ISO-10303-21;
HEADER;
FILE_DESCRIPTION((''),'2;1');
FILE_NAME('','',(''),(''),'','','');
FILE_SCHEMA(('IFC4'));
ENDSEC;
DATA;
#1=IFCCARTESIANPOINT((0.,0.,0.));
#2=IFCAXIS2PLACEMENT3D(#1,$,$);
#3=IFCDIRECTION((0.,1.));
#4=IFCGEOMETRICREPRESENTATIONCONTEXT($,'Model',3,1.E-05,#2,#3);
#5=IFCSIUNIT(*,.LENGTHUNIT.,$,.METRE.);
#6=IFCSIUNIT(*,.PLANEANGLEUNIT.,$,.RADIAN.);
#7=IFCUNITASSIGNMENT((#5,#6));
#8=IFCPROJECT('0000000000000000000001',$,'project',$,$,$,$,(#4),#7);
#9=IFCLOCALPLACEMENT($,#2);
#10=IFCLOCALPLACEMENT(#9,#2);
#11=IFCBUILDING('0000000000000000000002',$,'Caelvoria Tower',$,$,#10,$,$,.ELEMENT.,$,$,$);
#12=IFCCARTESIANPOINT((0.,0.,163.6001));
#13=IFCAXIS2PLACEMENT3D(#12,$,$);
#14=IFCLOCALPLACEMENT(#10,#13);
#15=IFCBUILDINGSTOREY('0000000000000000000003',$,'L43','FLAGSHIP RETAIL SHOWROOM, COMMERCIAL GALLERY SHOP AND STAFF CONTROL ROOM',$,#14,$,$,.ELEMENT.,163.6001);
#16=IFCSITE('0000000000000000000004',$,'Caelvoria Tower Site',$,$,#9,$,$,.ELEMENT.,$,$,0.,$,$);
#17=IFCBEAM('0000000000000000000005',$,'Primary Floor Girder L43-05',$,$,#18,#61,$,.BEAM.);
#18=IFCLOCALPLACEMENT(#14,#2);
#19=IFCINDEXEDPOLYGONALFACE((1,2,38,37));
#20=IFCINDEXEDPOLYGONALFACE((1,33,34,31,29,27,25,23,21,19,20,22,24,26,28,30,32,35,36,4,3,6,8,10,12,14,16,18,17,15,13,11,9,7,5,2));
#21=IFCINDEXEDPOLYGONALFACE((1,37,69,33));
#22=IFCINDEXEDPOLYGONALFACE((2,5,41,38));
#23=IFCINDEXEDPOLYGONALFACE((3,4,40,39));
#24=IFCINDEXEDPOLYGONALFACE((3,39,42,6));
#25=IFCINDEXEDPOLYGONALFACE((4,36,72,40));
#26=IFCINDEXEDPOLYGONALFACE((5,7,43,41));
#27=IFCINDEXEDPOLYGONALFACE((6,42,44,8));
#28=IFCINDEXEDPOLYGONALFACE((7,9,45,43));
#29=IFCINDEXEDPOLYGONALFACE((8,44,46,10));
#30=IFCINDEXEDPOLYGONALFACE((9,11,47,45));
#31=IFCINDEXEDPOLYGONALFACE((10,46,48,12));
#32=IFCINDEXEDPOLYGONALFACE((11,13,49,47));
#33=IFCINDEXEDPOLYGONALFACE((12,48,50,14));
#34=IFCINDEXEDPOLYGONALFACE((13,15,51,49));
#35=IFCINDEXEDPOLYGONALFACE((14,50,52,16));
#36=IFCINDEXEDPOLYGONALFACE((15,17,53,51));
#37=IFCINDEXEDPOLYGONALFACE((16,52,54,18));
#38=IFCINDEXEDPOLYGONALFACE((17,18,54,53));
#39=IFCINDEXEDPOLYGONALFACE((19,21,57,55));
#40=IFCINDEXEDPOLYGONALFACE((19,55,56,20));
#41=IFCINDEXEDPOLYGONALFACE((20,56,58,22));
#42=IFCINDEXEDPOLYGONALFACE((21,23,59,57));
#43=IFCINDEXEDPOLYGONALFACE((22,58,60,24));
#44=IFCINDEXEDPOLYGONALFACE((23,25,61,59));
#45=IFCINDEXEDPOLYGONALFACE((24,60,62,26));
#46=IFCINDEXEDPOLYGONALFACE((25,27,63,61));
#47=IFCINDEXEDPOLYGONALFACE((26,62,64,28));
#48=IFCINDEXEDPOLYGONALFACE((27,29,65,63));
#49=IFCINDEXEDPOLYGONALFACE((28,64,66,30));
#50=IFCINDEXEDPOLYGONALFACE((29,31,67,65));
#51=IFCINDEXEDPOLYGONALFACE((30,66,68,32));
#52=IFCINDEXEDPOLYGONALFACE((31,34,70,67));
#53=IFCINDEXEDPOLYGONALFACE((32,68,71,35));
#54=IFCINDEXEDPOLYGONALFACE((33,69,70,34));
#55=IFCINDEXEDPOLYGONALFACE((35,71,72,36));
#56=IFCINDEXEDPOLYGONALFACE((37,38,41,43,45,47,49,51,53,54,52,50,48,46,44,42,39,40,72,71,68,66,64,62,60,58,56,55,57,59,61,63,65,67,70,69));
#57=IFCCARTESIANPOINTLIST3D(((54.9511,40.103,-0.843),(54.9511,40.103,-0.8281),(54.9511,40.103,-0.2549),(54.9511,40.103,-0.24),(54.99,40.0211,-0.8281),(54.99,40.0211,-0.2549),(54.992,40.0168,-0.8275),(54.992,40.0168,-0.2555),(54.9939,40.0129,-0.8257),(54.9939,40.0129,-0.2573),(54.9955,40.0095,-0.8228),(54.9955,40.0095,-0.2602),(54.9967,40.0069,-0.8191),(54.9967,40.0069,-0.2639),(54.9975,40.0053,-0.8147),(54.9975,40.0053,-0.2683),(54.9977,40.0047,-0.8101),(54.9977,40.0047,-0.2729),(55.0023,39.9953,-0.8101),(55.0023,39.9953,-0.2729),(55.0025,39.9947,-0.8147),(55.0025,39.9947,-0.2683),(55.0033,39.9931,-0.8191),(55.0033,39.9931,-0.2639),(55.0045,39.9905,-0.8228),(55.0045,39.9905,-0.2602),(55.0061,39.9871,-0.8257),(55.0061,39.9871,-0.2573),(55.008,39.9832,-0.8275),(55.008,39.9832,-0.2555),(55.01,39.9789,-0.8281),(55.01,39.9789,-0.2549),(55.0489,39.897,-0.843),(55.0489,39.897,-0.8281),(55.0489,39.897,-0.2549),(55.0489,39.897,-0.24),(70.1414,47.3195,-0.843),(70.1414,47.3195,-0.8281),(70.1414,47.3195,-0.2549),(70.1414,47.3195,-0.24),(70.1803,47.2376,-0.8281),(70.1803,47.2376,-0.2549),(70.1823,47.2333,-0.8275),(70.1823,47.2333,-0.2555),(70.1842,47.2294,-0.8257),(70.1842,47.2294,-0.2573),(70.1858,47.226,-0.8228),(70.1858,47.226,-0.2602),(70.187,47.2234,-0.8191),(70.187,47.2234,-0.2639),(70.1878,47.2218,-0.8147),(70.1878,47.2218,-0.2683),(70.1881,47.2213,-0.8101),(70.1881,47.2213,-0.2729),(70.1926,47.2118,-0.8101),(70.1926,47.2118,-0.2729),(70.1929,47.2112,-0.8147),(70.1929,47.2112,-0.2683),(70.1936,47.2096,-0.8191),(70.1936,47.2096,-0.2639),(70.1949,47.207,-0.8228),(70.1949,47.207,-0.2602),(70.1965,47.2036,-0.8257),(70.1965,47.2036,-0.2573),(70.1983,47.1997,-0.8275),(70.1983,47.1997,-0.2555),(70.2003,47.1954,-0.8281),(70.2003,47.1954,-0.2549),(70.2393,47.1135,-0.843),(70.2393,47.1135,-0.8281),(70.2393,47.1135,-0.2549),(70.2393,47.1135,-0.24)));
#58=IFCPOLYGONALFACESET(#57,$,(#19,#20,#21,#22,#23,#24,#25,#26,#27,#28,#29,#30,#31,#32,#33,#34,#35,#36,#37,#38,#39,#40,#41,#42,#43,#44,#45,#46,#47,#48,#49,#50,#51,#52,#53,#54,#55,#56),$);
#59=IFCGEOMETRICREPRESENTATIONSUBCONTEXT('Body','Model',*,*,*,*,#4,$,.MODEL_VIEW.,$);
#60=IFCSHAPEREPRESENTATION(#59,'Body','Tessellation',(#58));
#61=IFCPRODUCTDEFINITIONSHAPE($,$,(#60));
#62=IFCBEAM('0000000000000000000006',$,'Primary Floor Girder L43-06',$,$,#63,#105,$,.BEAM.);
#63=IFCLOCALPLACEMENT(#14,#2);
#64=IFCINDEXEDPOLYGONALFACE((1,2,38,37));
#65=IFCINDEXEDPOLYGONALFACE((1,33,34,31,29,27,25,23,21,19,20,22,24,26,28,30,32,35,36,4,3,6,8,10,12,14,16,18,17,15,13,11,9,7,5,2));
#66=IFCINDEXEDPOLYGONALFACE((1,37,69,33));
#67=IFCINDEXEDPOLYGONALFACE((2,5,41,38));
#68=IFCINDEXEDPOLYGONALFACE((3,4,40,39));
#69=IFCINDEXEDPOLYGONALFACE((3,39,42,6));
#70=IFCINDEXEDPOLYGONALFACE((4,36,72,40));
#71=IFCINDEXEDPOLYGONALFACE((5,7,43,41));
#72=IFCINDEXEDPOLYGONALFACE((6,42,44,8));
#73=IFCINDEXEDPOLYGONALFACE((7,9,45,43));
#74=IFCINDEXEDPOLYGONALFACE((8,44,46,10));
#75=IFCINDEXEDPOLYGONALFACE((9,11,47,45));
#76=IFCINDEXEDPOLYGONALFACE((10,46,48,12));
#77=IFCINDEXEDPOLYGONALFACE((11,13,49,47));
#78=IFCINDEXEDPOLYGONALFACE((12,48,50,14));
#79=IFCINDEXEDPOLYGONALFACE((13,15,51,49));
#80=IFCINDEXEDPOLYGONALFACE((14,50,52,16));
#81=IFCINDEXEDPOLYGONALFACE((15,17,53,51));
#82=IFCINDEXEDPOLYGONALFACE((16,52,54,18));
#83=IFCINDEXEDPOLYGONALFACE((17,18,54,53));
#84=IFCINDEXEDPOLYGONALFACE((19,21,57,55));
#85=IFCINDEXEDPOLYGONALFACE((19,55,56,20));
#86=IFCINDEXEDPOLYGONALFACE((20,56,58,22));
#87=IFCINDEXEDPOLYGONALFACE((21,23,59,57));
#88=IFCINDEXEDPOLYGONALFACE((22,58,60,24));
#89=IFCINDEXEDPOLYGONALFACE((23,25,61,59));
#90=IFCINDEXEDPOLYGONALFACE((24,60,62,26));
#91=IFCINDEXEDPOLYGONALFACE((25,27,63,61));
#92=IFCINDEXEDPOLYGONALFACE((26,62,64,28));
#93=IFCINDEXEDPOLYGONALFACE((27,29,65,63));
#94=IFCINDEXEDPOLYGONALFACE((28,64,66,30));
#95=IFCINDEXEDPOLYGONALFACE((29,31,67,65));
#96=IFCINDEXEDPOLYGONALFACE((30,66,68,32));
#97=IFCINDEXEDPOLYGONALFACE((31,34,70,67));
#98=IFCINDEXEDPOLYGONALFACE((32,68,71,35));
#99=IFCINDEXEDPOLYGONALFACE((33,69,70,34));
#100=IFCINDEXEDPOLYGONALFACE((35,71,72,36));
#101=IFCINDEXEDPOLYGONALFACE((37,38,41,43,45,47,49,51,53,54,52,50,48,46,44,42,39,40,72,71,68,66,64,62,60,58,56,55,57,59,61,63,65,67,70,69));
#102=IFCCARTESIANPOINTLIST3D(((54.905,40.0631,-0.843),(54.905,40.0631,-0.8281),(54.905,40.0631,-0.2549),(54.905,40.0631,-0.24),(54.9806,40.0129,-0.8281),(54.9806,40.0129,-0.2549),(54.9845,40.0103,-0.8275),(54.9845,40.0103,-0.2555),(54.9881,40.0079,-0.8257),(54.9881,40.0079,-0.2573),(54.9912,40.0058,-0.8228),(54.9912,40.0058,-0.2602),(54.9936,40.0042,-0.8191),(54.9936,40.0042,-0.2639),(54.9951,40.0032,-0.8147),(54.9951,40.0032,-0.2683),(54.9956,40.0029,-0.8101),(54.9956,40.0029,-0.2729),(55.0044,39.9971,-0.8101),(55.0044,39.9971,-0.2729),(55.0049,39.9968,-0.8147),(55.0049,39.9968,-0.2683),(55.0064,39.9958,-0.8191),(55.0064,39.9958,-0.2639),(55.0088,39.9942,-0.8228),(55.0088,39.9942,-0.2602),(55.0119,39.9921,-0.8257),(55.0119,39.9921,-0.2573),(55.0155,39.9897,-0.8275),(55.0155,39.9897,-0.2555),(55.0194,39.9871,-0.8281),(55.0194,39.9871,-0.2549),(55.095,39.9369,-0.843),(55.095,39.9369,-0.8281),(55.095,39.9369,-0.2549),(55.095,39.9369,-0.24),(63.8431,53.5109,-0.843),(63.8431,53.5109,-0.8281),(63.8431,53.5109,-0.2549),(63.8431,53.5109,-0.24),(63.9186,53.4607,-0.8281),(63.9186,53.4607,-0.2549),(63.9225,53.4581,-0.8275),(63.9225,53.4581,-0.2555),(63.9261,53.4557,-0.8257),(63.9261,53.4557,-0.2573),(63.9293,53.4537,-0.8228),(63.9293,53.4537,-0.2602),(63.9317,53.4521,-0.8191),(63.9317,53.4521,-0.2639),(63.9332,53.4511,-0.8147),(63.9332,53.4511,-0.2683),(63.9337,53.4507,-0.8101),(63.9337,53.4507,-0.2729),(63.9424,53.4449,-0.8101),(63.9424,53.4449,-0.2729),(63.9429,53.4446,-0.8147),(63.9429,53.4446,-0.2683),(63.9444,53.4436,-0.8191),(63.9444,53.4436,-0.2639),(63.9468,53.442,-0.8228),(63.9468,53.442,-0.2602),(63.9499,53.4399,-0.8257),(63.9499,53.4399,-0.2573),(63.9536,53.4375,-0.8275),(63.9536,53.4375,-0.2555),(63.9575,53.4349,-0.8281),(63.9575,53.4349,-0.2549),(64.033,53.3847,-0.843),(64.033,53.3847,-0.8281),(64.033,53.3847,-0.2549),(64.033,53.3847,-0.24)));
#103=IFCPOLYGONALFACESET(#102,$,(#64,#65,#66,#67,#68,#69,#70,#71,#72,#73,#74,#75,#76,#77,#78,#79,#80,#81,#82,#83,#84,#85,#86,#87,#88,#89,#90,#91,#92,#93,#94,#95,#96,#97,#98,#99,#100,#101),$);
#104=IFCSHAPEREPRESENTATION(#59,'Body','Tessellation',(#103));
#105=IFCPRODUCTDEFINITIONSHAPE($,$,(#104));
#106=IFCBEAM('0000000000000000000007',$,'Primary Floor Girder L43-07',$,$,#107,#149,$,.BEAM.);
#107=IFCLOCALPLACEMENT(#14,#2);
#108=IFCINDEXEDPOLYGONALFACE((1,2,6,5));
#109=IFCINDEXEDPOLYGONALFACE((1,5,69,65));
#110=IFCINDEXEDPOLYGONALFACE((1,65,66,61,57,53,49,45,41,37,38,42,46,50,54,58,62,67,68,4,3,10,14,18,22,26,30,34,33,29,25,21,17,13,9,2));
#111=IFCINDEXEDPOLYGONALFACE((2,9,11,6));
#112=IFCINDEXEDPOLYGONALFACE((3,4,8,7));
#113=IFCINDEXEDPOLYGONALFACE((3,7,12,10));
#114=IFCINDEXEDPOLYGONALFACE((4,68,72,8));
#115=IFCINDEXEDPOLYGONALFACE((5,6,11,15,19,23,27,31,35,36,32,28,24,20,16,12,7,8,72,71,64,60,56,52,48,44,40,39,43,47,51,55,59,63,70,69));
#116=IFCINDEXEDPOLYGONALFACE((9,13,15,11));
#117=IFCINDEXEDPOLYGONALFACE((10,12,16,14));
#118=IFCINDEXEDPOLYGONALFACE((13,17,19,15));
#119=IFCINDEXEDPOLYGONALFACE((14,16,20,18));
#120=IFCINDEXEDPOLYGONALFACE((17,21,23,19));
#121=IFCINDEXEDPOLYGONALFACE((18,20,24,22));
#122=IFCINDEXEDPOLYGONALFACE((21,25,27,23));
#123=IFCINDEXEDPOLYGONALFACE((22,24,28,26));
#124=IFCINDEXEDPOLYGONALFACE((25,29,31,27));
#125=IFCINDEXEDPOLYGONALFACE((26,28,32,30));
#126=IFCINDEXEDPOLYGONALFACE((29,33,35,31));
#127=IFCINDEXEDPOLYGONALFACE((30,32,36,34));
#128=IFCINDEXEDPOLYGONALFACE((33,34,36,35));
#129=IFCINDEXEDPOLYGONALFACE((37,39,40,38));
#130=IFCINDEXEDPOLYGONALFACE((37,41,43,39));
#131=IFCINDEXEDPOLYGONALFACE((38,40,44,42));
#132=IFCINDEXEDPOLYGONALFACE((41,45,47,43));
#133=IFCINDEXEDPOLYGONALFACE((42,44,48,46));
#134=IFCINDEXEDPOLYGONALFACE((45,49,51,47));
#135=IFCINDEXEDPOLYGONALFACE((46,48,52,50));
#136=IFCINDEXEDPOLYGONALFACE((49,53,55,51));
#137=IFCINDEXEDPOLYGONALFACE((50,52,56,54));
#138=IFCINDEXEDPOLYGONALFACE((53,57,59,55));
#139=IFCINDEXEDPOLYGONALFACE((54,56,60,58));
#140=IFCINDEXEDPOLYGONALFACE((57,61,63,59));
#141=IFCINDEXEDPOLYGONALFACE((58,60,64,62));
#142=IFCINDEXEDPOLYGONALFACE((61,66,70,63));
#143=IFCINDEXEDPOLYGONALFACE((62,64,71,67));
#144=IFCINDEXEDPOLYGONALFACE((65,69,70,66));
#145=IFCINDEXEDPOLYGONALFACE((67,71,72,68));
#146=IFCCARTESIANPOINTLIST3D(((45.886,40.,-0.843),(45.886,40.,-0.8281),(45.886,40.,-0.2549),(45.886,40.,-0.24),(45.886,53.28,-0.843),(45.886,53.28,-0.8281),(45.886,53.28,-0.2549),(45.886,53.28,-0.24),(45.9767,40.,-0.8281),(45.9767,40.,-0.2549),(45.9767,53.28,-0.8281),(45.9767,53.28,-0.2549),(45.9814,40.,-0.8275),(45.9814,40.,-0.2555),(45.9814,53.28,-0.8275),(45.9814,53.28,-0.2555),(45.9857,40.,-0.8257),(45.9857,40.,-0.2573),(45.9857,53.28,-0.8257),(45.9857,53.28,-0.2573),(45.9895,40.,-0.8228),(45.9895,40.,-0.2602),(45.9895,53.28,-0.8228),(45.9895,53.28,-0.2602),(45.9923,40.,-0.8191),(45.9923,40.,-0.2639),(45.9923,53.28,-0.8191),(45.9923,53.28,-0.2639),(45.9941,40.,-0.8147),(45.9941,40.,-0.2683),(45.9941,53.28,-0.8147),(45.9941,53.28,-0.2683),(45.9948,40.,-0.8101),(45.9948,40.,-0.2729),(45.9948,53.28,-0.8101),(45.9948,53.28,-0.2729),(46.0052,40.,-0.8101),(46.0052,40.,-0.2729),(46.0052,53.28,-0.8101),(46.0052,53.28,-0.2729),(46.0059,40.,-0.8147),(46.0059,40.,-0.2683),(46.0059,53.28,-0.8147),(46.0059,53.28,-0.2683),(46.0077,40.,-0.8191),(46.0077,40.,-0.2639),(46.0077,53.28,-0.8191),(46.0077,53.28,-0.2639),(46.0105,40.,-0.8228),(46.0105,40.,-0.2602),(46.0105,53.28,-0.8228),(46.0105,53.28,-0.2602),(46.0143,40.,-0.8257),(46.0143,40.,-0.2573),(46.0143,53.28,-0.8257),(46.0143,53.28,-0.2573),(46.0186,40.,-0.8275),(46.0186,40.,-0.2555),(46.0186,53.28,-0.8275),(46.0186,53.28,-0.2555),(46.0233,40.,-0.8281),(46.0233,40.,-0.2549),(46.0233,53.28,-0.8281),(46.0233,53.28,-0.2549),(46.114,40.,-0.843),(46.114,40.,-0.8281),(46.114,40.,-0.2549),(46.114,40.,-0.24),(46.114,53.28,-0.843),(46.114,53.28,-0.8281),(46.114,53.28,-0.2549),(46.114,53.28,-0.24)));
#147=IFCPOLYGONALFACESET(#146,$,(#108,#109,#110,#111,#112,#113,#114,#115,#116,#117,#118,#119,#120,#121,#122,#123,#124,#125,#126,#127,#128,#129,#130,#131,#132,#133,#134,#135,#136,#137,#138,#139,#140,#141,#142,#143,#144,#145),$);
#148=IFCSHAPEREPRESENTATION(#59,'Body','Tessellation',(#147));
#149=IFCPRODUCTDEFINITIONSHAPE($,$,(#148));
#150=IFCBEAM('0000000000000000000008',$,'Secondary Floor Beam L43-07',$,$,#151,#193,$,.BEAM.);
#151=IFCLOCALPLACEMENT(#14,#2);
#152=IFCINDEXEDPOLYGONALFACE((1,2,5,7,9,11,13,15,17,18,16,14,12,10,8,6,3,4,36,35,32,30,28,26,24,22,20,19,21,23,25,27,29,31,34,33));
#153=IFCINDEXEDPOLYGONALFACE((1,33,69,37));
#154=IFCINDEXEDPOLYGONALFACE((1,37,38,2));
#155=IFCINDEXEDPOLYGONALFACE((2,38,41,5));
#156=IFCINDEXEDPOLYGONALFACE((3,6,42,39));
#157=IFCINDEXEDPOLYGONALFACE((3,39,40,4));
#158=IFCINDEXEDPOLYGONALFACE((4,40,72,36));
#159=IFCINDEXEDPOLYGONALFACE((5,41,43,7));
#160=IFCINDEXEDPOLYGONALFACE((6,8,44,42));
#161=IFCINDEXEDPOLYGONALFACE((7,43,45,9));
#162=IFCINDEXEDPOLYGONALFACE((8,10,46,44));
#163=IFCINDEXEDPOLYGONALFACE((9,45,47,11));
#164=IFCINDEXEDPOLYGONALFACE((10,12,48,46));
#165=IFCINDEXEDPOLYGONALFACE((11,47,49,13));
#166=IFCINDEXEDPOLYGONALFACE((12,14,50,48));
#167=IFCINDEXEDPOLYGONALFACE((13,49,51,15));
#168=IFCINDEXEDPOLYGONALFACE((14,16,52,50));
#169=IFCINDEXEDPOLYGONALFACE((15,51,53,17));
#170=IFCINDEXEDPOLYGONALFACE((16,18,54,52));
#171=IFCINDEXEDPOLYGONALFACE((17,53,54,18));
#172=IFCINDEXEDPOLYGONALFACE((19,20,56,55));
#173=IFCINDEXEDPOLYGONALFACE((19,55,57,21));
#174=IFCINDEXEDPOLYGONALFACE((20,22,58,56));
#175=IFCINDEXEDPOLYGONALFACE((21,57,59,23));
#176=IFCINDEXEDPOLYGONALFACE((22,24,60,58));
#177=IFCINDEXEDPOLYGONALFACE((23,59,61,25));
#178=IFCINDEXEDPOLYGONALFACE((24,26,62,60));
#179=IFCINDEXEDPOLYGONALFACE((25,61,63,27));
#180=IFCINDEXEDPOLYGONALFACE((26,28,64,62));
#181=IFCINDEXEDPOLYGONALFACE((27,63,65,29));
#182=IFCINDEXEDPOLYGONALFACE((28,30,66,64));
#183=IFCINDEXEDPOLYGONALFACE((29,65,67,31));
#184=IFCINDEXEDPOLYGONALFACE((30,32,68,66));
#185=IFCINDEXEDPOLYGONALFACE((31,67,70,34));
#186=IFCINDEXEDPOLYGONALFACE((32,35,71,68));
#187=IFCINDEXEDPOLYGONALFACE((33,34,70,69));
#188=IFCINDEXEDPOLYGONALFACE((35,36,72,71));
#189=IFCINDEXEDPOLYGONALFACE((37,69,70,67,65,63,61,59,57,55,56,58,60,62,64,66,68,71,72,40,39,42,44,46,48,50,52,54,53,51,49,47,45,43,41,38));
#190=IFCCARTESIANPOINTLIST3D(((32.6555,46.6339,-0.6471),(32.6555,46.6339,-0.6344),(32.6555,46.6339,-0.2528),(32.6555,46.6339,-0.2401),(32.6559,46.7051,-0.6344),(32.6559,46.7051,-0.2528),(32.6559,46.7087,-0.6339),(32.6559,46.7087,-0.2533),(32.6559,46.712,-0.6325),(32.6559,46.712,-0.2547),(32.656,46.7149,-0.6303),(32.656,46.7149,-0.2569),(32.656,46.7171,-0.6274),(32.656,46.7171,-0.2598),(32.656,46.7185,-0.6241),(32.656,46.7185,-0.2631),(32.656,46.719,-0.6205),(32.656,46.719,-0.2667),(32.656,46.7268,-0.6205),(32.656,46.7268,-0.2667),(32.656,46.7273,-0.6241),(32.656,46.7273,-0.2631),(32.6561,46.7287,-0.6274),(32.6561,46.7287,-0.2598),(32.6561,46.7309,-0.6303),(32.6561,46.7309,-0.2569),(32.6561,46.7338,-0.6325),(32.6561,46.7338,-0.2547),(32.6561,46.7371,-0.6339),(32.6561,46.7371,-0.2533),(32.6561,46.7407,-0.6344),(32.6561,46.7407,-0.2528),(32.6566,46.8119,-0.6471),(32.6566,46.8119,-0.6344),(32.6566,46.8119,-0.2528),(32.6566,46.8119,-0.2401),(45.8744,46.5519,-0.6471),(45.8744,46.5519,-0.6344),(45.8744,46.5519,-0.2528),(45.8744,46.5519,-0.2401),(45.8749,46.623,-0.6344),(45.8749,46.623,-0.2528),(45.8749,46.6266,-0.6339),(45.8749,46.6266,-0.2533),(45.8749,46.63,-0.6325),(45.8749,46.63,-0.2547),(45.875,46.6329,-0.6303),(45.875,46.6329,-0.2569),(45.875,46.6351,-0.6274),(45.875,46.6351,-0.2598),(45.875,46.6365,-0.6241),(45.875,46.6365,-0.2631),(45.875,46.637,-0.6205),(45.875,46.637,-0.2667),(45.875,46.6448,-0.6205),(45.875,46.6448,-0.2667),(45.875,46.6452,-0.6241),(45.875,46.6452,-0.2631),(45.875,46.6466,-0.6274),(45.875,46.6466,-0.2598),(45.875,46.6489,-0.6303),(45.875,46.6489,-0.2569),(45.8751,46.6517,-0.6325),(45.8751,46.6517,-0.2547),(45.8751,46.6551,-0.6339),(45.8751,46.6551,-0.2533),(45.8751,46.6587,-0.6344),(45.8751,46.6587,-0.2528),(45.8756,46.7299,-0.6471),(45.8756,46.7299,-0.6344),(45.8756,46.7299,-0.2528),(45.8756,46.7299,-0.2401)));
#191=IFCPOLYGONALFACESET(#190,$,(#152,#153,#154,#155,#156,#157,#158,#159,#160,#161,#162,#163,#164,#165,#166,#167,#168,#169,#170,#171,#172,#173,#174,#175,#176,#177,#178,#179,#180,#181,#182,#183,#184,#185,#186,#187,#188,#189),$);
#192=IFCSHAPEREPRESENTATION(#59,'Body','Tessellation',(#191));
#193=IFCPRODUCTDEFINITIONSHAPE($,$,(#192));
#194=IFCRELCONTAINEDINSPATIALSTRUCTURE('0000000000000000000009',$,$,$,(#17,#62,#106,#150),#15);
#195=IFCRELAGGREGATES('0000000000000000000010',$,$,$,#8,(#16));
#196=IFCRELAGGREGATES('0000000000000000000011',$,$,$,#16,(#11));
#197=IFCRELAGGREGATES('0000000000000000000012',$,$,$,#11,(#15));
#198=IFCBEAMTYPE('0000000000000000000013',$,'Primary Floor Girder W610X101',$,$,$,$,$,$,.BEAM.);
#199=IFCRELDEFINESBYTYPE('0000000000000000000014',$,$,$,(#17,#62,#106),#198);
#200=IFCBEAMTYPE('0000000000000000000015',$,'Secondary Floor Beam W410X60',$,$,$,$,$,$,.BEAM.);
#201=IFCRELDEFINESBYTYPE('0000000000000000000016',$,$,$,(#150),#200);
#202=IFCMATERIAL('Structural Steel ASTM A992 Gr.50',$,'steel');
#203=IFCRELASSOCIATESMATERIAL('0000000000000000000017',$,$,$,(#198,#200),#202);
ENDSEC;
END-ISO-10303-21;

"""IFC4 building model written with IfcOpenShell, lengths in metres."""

from ifc_helpers import new_model, si_unit, direction, frame, origin, origin_2d, place, context, subcontext, project, spatial, i_section, extrude, material, material_profile, profile_set, type_object, element, save


model = new_model("IFC4")

# Units and contexts
model_context = context("Model", 3, precision=1e-05, world=origin(), true_north=direction((0.0, 1.0)))
body_context = subcontext(model_context, "Body", "Model", "MODEL_VIEW")
ifc_project = project(units=[si_unit("LENGTHUNIT", "METRE"), si_unit("PLANEANGLEUNIT", "RADIAN")], contexts=[model_context])

# Site, building, storey
site_placement = place(None, origin())
site = spatial("IfcSite", under=ifc_project, at=site_placement, Name="Caelvoria Tower Site", CompositionType="ELEMENT", RefElevation=0.0)
building_placement = place(site_placement, origin())
building = spatial("IfcBuilding", under=site, at=building_placement, Name="Caelvoria Tower", CompositionType="ELEMENT")
storey_placement = place(building_placement, frame((0.0, 0.0, 163.6001)))
storey = spatial("IfcBuildingStorey", under=building, at=storey_placement, Name="L43", Description="FLAGSHIP RETAIL SHOWROOM, COMMERCIAL GALLERY SHOP AND STAFF CONTROL ROOM", CompositionType="ELEMENT", Elevation=163.6001)

# Shared definitions
ifc_material_1 = material(Name="Structural Steel ASTM A992 Gr.50", Category="steel")

# Beams
ifc_material_profile_1 = material_profile(ifc_material_1, i_section(OverallWidth=0.228, OverallDepth=0.603, WebThickness=0.0105, FlangeThickness=0.0149, FilletRadius=0.0181, at=origin_2d()), Name="Structural Steel ASTM A992 Gr.50")
ifc_profile_set_1 = profile_set([ifc_material_profile_1], Name="W610X101 - Structural Steel ASTM A992 Gr.50")
beam_type_1 = type_object("IfcBeamType", Name="Primary Floor Girder W610X101", PredefinedType="BEAM", material=ifc_profile_set_1)
beam_1_placement = place(storey_placement, frame((55.0, 40.0, -0.5415), z_axis=(0.903252, 0.42911, 0.0), x_axis=(-0.42911, 0.903252, 0.0)))
element("IfcBeam", 1, at=beam_1_placement, inside=storey, type_object=beam_type_1, Name="Primary Floor Girder L43-05", PredefinedType="BEAM", context=body_context, shape_type="SweptSolid", body=[
    extrude(i_section(OverallWidth=0.228, OverallDepth=0.603, WebThickness=0.0105, FlangeThickness=0.0149, FilletRadius=0.0181, at=origin_2d()), origin(), (0.0, 0.0, 1.0), 16.8174),
])
beam_2_placement = place(storey_placement, frame((55.0, 40.0, -0.5415), z_axis=(0.553534, 0.832826, 0.0), x_axis=(-0.832826, 0.553534, 0.0)))
element("IfcBeam", 2, at=beam_2_placement, inside=storey, type_object=beam_type_1, Name="Primary Floor Girder L43-06", PredefinedType="BEAM", context=body_context, shape_type="SweptSolid", body=[
    extrude(i_section(OverallWidth=0.228, OverallDepth=0.603, WebThickness=0.0105, FlangeThickness=0.0149, FilletRadius=0.0181, at=origin_2d()), origin(), (0.0, 0.0, 1.0), 16.1472),
])
beam_3_placement = place(storey_placement, frame((46.0, 40.0, -0.5415), z_axis=(0.0, 1.0, 0.0), x_axis=(-1.0, 0.0, 0.0)))
element("IfcBeam", 3, at=beam_3_placement, inside=storey, type_object=beam_type_1, Name="Primary Floor Girder L43-07", PredefinedType="BEAM", context=body_context, shape_type="SweptSolid", body=[
    extrude(i_section(OverallWidth=0.228, OverallDepth=0.603, WebThickness=0.0105, FlangeThickness=0.0149, FilletRadius=0.0181, at=origin_2d()), origin(), (0.0, 0.0, 1.0), 13.28),
])
ifc_material_profile_2 = material_profile(ifc_material_1, i_section(OverallWidth=0.178, OverallDepth=0.407, WebThickness=0.0078, FlangeThickness=0.0127, FilletRadius=0.0139, at=origin_2d()), Name="Structural Steel ASTM A992 Gr.50")
ifc_profile_set_2 = profile_set([ifc_material_profile_2], Name="W410X60 - Structural Steel ASTM A992 Gr.50")
beam_type_2 = type_object("IfcBeamType", Name="Secondary Floor Beam W410X60", PredefinedType="BEAM", material=ifc_profile_set_2)
beam_4_placement = place(storey_placement, frame((45.875, 46.6409, -0.4436), z_axis=(-0.999981, 0.006205, 0.0), x_axis=(-0.006205, -0.999981, 0.0)))
element("IfcBeam", 4, at=beam_4_placement, inside=storey, type_object=beam_type_2, Name="Secondary Floor Beam L43-07", PredefinedType="BEAM", context=body_context, shape_type="SweptSolid", body=[
    extrude(i_section(OverallWidth=0.178, OverallDepth=0.407, WebThickness=0.0078, FlangeThickness=0.0127, FilletRadius=0.0139, at=origin_2d()), origin(), (0.0, 0.0, 1.0), 13.2192),
])

save(model, "model.ifc")
